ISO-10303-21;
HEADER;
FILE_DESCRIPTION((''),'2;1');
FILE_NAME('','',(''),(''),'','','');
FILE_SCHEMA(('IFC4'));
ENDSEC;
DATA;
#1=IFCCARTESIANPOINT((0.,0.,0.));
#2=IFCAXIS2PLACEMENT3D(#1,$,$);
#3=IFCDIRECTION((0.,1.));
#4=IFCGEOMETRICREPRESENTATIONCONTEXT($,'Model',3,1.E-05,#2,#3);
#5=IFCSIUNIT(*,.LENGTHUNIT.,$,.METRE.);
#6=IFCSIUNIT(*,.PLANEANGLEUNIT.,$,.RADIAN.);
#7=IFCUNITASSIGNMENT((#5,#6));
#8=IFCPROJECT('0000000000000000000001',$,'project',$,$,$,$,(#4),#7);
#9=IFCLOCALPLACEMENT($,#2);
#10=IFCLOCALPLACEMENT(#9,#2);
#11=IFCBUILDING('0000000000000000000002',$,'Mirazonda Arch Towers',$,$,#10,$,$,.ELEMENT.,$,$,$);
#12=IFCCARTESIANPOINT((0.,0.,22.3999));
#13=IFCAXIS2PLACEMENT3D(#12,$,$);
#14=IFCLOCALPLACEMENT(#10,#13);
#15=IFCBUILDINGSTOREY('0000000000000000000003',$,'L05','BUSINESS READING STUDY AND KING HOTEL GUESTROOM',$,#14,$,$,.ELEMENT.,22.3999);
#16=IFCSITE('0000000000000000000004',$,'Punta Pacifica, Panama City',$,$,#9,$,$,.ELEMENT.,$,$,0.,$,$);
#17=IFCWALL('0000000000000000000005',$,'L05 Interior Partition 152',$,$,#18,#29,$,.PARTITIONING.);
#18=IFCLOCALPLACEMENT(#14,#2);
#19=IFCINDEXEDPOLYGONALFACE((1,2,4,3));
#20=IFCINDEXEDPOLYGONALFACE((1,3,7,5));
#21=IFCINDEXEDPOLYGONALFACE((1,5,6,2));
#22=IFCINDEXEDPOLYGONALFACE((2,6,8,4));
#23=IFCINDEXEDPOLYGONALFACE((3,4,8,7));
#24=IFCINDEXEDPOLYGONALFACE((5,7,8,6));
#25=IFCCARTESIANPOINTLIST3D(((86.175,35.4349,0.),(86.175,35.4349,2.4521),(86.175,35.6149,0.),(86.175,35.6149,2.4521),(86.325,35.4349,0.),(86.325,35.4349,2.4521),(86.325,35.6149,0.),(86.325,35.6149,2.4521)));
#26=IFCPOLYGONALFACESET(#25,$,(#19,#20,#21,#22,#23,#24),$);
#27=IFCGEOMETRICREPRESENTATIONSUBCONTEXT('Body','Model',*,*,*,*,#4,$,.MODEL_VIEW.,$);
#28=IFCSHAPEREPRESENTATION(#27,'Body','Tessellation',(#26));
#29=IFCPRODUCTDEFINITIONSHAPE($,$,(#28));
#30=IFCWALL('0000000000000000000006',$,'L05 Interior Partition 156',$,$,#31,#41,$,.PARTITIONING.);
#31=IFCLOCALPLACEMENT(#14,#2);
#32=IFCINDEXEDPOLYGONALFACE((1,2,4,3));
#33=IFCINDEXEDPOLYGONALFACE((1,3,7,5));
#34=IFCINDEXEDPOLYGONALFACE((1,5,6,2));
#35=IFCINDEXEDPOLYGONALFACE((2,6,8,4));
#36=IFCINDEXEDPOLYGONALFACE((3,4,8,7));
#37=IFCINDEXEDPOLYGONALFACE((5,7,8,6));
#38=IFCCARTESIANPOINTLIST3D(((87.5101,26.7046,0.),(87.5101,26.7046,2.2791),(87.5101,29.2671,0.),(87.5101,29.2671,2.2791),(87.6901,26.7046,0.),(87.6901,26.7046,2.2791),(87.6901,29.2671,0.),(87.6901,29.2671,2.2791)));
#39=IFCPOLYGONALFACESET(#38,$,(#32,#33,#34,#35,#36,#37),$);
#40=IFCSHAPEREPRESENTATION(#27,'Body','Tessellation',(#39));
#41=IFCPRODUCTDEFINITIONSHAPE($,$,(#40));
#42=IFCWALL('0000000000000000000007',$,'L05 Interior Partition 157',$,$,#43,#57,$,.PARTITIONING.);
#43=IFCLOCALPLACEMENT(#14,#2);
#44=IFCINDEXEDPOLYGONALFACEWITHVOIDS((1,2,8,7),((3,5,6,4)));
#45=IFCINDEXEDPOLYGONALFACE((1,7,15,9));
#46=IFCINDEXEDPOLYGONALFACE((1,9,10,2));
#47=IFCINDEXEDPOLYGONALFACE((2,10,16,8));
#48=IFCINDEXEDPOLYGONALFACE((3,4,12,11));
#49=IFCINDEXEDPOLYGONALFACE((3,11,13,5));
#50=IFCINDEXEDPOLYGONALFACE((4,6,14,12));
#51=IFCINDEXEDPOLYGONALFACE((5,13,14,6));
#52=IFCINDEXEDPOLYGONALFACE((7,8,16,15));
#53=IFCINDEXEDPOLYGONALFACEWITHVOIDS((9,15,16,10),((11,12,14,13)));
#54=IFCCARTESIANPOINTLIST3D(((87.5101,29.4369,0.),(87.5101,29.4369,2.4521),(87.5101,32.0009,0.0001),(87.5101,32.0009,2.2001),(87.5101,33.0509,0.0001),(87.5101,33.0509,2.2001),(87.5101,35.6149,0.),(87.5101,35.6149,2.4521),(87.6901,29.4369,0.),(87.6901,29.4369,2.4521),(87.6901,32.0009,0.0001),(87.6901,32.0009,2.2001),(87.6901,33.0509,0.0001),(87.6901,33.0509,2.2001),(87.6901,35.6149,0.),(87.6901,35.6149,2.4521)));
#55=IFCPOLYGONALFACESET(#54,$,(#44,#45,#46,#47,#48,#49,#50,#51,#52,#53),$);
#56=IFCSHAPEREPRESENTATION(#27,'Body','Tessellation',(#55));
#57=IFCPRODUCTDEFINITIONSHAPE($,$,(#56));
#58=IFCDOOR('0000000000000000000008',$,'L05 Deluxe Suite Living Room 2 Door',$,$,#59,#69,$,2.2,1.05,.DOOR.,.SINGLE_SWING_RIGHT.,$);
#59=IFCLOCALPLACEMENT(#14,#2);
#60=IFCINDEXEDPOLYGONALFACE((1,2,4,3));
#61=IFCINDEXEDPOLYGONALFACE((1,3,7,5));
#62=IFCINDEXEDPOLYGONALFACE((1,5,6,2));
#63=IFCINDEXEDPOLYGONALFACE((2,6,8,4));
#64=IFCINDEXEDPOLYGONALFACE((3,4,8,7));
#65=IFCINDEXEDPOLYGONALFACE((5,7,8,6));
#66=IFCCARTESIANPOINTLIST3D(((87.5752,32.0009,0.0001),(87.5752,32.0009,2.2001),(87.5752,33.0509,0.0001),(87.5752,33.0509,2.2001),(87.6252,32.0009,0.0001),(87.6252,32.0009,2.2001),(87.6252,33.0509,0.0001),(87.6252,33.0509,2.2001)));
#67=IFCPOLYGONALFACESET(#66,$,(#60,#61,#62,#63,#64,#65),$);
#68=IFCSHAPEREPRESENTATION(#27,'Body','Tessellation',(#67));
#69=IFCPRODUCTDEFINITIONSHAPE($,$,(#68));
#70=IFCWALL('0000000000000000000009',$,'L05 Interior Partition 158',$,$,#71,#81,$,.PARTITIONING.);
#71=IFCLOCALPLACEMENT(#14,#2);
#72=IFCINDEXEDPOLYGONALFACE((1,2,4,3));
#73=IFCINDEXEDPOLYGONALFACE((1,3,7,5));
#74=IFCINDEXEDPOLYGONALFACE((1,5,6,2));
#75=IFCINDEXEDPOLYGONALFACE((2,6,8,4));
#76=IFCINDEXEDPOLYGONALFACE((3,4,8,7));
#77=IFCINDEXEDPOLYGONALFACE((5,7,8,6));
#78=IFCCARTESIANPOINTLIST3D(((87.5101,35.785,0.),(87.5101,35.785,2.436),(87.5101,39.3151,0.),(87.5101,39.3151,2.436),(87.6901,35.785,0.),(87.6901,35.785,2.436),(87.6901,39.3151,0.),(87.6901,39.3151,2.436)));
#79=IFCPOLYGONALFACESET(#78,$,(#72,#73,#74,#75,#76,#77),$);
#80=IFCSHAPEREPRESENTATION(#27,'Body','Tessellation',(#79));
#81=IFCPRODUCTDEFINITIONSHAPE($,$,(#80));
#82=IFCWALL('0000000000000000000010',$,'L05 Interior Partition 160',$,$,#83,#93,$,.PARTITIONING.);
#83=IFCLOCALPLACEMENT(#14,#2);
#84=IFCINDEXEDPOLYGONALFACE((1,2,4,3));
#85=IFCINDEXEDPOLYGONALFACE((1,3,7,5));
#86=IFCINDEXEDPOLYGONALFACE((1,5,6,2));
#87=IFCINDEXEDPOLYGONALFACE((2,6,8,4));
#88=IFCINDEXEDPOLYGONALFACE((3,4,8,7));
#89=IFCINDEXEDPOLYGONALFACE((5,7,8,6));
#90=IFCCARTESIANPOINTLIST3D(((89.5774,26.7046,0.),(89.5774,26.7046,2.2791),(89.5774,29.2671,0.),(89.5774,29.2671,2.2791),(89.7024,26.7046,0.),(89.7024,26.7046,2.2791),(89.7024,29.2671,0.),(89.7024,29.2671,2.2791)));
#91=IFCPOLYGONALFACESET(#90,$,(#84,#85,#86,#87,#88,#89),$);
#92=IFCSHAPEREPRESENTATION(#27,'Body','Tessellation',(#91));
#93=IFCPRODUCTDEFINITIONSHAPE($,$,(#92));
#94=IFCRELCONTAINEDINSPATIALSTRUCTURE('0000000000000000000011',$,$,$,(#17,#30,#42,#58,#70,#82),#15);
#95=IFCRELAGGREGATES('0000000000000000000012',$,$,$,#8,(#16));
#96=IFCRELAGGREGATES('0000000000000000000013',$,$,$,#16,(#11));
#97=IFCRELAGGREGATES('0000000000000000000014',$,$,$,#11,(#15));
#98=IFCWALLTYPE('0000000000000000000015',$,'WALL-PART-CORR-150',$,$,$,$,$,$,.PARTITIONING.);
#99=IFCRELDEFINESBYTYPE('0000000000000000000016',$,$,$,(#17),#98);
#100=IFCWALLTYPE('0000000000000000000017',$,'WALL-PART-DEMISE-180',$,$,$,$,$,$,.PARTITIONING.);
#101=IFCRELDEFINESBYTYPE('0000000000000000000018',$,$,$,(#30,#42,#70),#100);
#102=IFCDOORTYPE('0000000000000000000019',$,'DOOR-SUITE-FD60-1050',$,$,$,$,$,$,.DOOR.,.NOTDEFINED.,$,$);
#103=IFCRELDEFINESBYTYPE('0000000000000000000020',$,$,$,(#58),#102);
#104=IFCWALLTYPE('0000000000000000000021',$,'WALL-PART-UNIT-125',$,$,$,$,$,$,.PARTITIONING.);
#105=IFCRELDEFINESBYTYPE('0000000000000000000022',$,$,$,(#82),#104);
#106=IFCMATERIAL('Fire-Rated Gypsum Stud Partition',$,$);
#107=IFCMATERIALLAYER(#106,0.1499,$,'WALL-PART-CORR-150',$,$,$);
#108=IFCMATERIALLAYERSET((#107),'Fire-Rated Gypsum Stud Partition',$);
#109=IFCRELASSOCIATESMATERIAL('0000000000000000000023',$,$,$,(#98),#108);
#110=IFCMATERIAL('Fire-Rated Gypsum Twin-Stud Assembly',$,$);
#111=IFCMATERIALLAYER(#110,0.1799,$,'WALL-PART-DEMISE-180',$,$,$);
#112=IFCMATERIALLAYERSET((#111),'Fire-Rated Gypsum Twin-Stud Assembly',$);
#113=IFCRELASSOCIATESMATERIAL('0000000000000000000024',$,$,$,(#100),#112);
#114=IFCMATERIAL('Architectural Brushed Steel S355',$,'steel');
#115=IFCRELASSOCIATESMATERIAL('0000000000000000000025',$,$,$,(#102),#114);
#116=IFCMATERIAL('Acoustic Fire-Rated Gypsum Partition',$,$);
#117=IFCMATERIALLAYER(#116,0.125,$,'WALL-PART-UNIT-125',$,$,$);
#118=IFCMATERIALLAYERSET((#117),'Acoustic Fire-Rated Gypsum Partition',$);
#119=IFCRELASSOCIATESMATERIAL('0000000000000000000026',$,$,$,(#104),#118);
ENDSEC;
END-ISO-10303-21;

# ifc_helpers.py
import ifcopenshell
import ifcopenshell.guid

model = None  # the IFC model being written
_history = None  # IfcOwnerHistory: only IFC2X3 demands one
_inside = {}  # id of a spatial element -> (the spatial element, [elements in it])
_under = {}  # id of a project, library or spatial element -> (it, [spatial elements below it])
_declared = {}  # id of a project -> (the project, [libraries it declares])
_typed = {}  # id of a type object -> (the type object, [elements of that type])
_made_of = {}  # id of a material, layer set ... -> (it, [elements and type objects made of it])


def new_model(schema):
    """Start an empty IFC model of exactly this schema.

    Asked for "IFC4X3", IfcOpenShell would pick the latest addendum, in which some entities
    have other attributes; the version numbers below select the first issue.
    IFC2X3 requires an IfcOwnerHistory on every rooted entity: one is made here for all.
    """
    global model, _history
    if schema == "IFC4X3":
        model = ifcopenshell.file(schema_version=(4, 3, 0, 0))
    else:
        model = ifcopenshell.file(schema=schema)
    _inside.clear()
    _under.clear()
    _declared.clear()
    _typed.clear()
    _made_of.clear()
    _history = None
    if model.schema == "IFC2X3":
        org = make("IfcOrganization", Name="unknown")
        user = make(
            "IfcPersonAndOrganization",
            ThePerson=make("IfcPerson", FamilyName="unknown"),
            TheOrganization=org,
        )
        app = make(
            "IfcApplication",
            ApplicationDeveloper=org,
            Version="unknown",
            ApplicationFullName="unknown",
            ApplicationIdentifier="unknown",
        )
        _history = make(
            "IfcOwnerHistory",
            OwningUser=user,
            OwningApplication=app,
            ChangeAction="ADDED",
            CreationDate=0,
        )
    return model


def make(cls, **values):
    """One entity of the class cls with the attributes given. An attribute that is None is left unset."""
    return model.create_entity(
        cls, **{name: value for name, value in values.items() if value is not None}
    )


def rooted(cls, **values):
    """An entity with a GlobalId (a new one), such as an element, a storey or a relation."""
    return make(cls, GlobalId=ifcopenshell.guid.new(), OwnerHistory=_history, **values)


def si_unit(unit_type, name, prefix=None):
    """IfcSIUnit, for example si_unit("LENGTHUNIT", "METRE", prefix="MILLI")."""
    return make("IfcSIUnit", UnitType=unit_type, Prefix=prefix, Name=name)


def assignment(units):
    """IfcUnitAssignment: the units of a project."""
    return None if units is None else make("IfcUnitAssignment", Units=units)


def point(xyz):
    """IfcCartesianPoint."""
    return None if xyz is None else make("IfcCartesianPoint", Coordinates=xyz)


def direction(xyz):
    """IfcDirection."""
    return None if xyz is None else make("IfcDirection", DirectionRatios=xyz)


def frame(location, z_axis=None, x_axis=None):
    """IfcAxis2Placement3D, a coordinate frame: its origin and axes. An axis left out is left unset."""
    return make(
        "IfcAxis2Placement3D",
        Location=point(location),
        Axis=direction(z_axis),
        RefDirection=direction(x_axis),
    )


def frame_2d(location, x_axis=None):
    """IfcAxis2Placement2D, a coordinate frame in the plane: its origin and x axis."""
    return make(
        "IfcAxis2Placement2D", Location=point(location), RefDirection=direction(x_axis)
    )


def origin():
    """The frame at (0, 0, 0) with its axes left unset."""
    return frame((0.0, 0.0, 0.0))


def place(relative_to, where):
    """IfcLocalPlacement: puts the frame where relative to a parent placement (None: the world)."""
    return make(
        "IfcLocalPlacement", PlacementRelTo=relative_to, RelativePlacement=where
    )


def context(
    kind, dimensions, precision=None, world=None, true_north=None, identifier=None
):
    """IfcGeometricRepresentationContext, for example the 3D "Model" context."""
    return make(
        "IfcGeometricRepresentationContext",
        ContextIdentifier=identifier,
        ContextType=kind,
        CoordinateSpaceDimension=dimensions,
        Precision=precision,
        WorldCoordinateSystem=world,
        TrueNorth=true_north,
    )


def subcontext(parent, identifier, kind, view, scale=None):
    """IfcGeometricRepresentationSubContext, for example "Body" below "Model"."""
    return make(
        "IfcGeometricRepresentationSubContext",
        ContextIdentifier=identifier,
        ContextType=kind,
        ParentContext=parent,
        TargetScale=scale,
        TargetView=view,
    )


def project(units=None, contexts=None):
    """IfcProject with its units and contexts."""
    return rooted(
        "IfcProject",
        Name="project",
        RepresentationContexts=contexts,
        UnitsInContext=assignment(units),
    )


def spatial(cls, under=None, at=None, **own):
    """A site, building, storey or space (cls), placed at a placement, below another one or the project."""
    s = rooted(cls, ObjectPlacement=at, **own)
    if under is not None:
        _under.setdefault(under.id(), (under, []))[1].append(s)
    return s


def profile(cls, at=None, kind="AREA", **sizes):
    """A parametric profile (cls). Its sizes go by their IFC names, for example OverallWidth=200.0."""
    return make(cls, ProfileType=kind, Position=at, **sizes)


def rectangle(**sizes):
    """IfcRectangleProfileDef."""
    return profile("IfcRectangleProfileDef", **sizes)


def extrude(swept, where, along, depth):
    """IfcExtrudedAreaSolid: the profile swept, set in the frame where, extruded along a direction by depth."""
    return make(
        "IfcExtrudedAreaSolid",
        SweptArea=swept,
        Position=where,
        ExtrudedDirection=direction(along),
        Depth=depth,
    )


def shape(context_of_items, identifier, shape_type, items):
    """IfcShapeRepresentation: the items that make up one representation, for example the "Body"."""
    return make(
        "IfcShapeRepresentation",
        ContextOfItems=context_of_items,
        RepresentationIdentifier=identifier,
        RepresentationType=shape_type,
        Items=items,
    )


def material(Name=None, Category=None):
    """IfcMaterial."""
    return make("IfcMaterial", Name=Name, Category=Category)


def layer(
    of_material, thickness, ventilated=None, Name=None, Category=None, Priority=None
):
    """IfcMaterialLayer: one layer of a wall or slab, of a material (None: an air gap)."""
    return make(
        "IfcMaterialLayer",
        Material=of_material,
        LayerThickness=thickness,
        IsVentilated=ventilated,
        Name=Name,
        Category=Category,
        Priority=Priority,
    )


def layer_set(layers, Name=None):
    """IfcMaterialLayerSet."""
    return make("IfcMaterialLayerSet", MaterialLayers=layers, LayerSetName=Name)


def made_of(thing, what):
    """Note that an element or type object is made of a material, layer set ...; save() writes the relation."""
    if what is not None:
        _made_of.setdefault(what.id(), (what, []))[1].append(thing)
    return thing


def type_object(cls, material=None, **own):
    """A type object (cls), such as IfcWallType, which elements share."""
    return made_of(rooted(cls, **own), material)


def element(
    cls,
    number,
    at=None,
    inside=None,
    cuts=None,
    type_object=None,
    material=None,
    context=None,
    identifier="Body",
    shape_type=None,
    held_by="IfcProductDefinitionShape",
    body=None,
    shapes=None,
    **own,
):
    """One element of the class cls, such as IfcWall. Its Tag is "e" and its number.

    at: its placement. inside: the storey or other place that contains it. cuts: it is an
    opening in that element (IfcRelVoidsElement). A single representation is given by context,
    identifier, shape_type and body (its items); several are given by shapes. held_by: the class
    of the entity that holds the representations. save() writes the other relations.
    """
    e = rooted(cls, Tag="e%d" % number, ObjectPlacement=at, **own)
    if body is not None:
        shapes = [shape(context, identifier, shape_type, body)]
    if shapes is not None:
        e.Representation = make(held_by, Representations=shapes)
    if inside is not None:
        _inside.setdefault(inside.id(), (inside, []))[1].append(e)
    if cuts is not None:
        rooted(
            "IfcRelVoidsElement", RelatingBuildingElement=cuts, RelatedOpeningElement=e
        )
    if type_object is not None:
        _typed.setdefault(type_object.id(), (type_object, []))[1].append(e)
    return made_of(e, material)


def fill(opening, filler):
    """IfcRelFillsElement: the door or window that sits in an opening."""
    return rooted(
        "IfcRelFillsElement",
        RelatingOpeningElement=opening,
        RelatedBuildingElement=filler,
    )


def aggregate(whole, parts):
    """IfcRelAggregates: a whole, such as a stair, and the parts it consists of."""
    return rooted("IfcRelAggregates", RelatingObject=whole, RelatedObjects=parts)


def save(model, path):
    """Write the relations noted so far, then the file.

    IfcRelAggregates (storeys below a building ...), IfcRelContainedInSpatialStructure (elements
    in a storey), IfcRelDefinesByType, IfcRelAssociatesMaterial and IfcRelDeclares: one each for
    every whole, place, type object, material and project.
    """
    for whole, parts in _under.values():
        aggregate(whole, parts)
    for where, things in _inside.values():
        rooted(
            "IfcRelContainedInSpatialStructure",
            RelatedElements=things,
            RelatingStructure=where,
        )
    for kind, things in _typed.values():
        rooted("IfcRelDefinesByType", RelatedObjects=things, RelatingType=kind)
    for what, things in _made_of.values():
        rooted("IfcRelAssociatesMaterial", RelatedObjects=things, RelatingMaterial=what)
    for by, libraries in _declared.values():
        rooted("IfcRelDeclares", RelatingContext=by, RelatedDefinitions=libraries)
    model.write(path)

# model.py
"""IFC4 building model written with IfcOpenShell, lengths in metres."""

from ifc_helpers import new_model, si_unit, direction, frame, frame_2d, origin, place, context, subcontext, project, spatial, rectangle, extrude, material, layer, layer_set, type_object, element, fill, save


model = new_model("IFC4")

# Units and contexts
model_context = context("Model", 3, precision=1e-05, world=origin(), true_north=direction((0.0, 1.0)))
body_context = subcontext(model_context, "Body", "Model", "MODEL_VIEW")
ifc_project = project(units=[si_unit("LENGTHUNIT", "METRE"), si_unit("PLANEANGLEUNIT", "RADIAN")], contexts=[model_context])

# Site, building, storey
site_placement = place(None, origin())
site = spatial("IfcSite", under=ifc_project, at=site_placement, Name="Punta Pacifica, Panama City", CompositionType="ELEMENT", RefElevation=0.0)
building_placement = place(site_placement, origin())
building = spatial("IfcBuilding", under=site, at=building_placement, Name="Mirazonda Arch Towers", CompositionType="ELEMENT")
storey_placement = place(building_placement, frame((0.0, 0.0, 22.3999)))
storey = spatial("IfcBuildingStorey", under=building, at=storey_placement, Name="L05", Description="BUSINESS READING STUDY AND KING HOTEL GUESTROOM", CompositionType="ELEMENT", Elevation=22.3999)

# Shared definitions
ifc_material_1 = material(Name="Fire-Rated Gypsum Stud Partition")
ifc_layer_1 = layer(ifc_material_1, 0.1499, Name="WALL-PART-CORR-150")
ifc_layer_set_1 = layer_set([ifc_layer_1], Name="Fire-Rated Gypsum Stud Partition")
wall_type_1 = type_object("IfcWallType", Name="WALL-PART-CORR-150", PredefinedType="PARTITIONING", material=ifc_layer_set_1)
ifc_material_2 = material(Name="Architectural Brushed Steel S355", Category="steel")

# Walls
wall_1_placement = place(storey_placement, frame((86.25, 35.4351, 0.0), z_axis=(0.0, 0.0, 1.0), x_axis=(0.0, 1.0, 0.0)))
element("IfcWall", 1, at=wall_1_placement, inside=storey, type_object=wall_type_1, Name="L05 Interior Partition 152", PredefinedType="PARTITIONING", context=body_context, shape_type="SweptSolid", body=[
    extrude(rectangle(XDim=0.1799, YDim=0.1499, at=frame_2d((0.0898, 0.0))), origin(), (0.0, 0.0, 1.0), 2.4521),
])
ifc_material_3 = material(Name="Fire-Rated Gypsum Twin-Stud Assembly")
ifc_layer_2 = layer(ifc_material_3, 0.1799, Name="WALL-PART-DEMISE-180")
ifc_layer_set_2 = layer_set([ifc_layer_2], Name="Fire-Rated Gypsum Twin-Stud Assembly")
wall_type_2 = type_object("IfcWallType", Name="WALL-PART-DEMISE-180", PredefinedType="PARTITIONING", material=ifc_layer_set_2)
wall_2_placement = place(storey_placement, frame((87.6001, 26.7046, 0.0), z_axis=(0.0, 0.0, 1.0), x_axis=(0.0, 1.0, 0.0)))
element("IfcWall", 2, at=wall_2_placement, inside=storey, type_object=wall_type_2, Name="L05 Interior Partition 156", PredefinedType="PARTITIONING", context=body_context, shape_type="SweptSolid", body=[
    extrude(rectangle(XDim=2.5625, YDim=0.1799, at=frame_2d((1.2812, 0.0))), origin(), (0.0, 0.0, 1.0), 2.2791),
])

# Wall, opening, door
wall_3_placement = place(storey_placement, frame((87.6001, 29.437, 0.0), z_axis=(0.0, 0.0, 1.0), x_axis=(0.0, 1.0, 0.0)))
wall_3 = element("IfcWall", 3, at=wall_3_placement, inside=storey, type_object=wall_type_2, Name="L05 Interior Partition 157", PredefinedType="PARTITIONING", context=body_context, shape_type="SweptSolid", body=[
    extrude(rectangle(XDim=6.178, YDim=0.1799, at=frame_2d((3.0889, 0.0))), origin(), (0.0, 0.0, 1.0), 2.4521),
])
opening_1_placement = place(wall_3_placement, frame((2.564, 0.0, 0.0)))
opening_1 = element("IfcOpeningElement", 4, at=opening_1_placement, cuts=wall_3, PredefinedType="OPENING", context=body_context, shape_type="SweptSolid", body=[
    extrude(rectangle(XDim=1.05, YDim=2.2, at=frame_2d((0.5249, 1.1001))), frame((0.0, 0.0999, 0.0), z_axis=(0.0, -1.0, 0.0), x_axis=(1.0, 0.0, 0.0)), (0.0, 0.0, 1.0), 0.2),
])
door_type_1 = type_object("IfcDoorType", Name="DOOR-SUITE-FD60-1050", OperationType="NOTDEFINED", PredefinedType="DOOR", material=ifc_material_2)
door_1_placement = place(opening_1_placement, origin())
door_1 = element("IfcDoor", 5, at=door_1_placement, inside=storey, type_object=door_type_1, Name="L05 Deluxe Suite Living Room 2 Door", OperationType="SINGLE_SWING_RIGHT", OverallHeight=2.2, OverallWidth=1.05, PredefinedType="DOOR", context=body_context, shape_type="SweptSolid", body=[
    extrude(rectangle(XDim=1.05, YDim=2.2, at=frame_2d((0.5249, 1.1001))), frame((0.0, 0.0249, 0.0), z_axis=(0.0, -1.0, 0.0), x_axis=(1.0, 0.0, 0.0)), (0.0, 0.0, 1.0), 0.05),
])
fill(opening_1, door_1)

# Walls
wall_4_placement = place(storey_placement, frame((87.6001, 35.7849, 0.0), z_axis=(0.0, 0.0, 1.0), x_axis=(0.0, 1.0, 0.0)))
element("IfcWall", 6, at=wall_4_placement, inside=storey, type_object=wall_type_2, Name="L05 Interior Partition 158", PredefinedType="PARTITIONING", context=body_context, shape_type="SweptSolid", body=[
    extrude(rectangle(XDim=3.53, YDim=0.1799, at=frame_2d((1.7651, 0.0))), origin(), (0.0, 0.0, 1.0), 2.436),
])
ifc_material_4 = material(Name="Acoustic Fire-Rated Gypsum Partition")
ifc_layer_3 = layer(ifc_material_4, 0.125, Name="WALL-PART-UNIT-125")
ifc_layer_set_3 = layer_set([ifc_layer_3], Name="Acoustic Fire-Rated Gypsum Partition")
wall_type_3 = type_object("IfcWallType", Name="WALL-PART-UNIT-125", PredefinedType="PARTITIONING", material=ifc_layer_set_3)
wall_5_placement = place(storey_placement, frame((89.6399, 26.7046, 0.0), z_axis=(0.0, 0.0, 1.0), x_axis=(0.0, 1.0, 0.0)))
element("IfcWall", 7, at=wall_5_placement, inside=storey, type_object=wall_type_3, Name="L05 Interior Partition 160", PredefinedType="PARTITIONING", context=body_context, shape_type="SweptSolid", body=[
    extrude(rectangle(XDim=2.5625, YDim=0.125, at=frame_2d((1.2812, 0.0))), origin(), (0.0, 0.0, 1.0), 2.2791),
])

save(model, "model.ifc")
